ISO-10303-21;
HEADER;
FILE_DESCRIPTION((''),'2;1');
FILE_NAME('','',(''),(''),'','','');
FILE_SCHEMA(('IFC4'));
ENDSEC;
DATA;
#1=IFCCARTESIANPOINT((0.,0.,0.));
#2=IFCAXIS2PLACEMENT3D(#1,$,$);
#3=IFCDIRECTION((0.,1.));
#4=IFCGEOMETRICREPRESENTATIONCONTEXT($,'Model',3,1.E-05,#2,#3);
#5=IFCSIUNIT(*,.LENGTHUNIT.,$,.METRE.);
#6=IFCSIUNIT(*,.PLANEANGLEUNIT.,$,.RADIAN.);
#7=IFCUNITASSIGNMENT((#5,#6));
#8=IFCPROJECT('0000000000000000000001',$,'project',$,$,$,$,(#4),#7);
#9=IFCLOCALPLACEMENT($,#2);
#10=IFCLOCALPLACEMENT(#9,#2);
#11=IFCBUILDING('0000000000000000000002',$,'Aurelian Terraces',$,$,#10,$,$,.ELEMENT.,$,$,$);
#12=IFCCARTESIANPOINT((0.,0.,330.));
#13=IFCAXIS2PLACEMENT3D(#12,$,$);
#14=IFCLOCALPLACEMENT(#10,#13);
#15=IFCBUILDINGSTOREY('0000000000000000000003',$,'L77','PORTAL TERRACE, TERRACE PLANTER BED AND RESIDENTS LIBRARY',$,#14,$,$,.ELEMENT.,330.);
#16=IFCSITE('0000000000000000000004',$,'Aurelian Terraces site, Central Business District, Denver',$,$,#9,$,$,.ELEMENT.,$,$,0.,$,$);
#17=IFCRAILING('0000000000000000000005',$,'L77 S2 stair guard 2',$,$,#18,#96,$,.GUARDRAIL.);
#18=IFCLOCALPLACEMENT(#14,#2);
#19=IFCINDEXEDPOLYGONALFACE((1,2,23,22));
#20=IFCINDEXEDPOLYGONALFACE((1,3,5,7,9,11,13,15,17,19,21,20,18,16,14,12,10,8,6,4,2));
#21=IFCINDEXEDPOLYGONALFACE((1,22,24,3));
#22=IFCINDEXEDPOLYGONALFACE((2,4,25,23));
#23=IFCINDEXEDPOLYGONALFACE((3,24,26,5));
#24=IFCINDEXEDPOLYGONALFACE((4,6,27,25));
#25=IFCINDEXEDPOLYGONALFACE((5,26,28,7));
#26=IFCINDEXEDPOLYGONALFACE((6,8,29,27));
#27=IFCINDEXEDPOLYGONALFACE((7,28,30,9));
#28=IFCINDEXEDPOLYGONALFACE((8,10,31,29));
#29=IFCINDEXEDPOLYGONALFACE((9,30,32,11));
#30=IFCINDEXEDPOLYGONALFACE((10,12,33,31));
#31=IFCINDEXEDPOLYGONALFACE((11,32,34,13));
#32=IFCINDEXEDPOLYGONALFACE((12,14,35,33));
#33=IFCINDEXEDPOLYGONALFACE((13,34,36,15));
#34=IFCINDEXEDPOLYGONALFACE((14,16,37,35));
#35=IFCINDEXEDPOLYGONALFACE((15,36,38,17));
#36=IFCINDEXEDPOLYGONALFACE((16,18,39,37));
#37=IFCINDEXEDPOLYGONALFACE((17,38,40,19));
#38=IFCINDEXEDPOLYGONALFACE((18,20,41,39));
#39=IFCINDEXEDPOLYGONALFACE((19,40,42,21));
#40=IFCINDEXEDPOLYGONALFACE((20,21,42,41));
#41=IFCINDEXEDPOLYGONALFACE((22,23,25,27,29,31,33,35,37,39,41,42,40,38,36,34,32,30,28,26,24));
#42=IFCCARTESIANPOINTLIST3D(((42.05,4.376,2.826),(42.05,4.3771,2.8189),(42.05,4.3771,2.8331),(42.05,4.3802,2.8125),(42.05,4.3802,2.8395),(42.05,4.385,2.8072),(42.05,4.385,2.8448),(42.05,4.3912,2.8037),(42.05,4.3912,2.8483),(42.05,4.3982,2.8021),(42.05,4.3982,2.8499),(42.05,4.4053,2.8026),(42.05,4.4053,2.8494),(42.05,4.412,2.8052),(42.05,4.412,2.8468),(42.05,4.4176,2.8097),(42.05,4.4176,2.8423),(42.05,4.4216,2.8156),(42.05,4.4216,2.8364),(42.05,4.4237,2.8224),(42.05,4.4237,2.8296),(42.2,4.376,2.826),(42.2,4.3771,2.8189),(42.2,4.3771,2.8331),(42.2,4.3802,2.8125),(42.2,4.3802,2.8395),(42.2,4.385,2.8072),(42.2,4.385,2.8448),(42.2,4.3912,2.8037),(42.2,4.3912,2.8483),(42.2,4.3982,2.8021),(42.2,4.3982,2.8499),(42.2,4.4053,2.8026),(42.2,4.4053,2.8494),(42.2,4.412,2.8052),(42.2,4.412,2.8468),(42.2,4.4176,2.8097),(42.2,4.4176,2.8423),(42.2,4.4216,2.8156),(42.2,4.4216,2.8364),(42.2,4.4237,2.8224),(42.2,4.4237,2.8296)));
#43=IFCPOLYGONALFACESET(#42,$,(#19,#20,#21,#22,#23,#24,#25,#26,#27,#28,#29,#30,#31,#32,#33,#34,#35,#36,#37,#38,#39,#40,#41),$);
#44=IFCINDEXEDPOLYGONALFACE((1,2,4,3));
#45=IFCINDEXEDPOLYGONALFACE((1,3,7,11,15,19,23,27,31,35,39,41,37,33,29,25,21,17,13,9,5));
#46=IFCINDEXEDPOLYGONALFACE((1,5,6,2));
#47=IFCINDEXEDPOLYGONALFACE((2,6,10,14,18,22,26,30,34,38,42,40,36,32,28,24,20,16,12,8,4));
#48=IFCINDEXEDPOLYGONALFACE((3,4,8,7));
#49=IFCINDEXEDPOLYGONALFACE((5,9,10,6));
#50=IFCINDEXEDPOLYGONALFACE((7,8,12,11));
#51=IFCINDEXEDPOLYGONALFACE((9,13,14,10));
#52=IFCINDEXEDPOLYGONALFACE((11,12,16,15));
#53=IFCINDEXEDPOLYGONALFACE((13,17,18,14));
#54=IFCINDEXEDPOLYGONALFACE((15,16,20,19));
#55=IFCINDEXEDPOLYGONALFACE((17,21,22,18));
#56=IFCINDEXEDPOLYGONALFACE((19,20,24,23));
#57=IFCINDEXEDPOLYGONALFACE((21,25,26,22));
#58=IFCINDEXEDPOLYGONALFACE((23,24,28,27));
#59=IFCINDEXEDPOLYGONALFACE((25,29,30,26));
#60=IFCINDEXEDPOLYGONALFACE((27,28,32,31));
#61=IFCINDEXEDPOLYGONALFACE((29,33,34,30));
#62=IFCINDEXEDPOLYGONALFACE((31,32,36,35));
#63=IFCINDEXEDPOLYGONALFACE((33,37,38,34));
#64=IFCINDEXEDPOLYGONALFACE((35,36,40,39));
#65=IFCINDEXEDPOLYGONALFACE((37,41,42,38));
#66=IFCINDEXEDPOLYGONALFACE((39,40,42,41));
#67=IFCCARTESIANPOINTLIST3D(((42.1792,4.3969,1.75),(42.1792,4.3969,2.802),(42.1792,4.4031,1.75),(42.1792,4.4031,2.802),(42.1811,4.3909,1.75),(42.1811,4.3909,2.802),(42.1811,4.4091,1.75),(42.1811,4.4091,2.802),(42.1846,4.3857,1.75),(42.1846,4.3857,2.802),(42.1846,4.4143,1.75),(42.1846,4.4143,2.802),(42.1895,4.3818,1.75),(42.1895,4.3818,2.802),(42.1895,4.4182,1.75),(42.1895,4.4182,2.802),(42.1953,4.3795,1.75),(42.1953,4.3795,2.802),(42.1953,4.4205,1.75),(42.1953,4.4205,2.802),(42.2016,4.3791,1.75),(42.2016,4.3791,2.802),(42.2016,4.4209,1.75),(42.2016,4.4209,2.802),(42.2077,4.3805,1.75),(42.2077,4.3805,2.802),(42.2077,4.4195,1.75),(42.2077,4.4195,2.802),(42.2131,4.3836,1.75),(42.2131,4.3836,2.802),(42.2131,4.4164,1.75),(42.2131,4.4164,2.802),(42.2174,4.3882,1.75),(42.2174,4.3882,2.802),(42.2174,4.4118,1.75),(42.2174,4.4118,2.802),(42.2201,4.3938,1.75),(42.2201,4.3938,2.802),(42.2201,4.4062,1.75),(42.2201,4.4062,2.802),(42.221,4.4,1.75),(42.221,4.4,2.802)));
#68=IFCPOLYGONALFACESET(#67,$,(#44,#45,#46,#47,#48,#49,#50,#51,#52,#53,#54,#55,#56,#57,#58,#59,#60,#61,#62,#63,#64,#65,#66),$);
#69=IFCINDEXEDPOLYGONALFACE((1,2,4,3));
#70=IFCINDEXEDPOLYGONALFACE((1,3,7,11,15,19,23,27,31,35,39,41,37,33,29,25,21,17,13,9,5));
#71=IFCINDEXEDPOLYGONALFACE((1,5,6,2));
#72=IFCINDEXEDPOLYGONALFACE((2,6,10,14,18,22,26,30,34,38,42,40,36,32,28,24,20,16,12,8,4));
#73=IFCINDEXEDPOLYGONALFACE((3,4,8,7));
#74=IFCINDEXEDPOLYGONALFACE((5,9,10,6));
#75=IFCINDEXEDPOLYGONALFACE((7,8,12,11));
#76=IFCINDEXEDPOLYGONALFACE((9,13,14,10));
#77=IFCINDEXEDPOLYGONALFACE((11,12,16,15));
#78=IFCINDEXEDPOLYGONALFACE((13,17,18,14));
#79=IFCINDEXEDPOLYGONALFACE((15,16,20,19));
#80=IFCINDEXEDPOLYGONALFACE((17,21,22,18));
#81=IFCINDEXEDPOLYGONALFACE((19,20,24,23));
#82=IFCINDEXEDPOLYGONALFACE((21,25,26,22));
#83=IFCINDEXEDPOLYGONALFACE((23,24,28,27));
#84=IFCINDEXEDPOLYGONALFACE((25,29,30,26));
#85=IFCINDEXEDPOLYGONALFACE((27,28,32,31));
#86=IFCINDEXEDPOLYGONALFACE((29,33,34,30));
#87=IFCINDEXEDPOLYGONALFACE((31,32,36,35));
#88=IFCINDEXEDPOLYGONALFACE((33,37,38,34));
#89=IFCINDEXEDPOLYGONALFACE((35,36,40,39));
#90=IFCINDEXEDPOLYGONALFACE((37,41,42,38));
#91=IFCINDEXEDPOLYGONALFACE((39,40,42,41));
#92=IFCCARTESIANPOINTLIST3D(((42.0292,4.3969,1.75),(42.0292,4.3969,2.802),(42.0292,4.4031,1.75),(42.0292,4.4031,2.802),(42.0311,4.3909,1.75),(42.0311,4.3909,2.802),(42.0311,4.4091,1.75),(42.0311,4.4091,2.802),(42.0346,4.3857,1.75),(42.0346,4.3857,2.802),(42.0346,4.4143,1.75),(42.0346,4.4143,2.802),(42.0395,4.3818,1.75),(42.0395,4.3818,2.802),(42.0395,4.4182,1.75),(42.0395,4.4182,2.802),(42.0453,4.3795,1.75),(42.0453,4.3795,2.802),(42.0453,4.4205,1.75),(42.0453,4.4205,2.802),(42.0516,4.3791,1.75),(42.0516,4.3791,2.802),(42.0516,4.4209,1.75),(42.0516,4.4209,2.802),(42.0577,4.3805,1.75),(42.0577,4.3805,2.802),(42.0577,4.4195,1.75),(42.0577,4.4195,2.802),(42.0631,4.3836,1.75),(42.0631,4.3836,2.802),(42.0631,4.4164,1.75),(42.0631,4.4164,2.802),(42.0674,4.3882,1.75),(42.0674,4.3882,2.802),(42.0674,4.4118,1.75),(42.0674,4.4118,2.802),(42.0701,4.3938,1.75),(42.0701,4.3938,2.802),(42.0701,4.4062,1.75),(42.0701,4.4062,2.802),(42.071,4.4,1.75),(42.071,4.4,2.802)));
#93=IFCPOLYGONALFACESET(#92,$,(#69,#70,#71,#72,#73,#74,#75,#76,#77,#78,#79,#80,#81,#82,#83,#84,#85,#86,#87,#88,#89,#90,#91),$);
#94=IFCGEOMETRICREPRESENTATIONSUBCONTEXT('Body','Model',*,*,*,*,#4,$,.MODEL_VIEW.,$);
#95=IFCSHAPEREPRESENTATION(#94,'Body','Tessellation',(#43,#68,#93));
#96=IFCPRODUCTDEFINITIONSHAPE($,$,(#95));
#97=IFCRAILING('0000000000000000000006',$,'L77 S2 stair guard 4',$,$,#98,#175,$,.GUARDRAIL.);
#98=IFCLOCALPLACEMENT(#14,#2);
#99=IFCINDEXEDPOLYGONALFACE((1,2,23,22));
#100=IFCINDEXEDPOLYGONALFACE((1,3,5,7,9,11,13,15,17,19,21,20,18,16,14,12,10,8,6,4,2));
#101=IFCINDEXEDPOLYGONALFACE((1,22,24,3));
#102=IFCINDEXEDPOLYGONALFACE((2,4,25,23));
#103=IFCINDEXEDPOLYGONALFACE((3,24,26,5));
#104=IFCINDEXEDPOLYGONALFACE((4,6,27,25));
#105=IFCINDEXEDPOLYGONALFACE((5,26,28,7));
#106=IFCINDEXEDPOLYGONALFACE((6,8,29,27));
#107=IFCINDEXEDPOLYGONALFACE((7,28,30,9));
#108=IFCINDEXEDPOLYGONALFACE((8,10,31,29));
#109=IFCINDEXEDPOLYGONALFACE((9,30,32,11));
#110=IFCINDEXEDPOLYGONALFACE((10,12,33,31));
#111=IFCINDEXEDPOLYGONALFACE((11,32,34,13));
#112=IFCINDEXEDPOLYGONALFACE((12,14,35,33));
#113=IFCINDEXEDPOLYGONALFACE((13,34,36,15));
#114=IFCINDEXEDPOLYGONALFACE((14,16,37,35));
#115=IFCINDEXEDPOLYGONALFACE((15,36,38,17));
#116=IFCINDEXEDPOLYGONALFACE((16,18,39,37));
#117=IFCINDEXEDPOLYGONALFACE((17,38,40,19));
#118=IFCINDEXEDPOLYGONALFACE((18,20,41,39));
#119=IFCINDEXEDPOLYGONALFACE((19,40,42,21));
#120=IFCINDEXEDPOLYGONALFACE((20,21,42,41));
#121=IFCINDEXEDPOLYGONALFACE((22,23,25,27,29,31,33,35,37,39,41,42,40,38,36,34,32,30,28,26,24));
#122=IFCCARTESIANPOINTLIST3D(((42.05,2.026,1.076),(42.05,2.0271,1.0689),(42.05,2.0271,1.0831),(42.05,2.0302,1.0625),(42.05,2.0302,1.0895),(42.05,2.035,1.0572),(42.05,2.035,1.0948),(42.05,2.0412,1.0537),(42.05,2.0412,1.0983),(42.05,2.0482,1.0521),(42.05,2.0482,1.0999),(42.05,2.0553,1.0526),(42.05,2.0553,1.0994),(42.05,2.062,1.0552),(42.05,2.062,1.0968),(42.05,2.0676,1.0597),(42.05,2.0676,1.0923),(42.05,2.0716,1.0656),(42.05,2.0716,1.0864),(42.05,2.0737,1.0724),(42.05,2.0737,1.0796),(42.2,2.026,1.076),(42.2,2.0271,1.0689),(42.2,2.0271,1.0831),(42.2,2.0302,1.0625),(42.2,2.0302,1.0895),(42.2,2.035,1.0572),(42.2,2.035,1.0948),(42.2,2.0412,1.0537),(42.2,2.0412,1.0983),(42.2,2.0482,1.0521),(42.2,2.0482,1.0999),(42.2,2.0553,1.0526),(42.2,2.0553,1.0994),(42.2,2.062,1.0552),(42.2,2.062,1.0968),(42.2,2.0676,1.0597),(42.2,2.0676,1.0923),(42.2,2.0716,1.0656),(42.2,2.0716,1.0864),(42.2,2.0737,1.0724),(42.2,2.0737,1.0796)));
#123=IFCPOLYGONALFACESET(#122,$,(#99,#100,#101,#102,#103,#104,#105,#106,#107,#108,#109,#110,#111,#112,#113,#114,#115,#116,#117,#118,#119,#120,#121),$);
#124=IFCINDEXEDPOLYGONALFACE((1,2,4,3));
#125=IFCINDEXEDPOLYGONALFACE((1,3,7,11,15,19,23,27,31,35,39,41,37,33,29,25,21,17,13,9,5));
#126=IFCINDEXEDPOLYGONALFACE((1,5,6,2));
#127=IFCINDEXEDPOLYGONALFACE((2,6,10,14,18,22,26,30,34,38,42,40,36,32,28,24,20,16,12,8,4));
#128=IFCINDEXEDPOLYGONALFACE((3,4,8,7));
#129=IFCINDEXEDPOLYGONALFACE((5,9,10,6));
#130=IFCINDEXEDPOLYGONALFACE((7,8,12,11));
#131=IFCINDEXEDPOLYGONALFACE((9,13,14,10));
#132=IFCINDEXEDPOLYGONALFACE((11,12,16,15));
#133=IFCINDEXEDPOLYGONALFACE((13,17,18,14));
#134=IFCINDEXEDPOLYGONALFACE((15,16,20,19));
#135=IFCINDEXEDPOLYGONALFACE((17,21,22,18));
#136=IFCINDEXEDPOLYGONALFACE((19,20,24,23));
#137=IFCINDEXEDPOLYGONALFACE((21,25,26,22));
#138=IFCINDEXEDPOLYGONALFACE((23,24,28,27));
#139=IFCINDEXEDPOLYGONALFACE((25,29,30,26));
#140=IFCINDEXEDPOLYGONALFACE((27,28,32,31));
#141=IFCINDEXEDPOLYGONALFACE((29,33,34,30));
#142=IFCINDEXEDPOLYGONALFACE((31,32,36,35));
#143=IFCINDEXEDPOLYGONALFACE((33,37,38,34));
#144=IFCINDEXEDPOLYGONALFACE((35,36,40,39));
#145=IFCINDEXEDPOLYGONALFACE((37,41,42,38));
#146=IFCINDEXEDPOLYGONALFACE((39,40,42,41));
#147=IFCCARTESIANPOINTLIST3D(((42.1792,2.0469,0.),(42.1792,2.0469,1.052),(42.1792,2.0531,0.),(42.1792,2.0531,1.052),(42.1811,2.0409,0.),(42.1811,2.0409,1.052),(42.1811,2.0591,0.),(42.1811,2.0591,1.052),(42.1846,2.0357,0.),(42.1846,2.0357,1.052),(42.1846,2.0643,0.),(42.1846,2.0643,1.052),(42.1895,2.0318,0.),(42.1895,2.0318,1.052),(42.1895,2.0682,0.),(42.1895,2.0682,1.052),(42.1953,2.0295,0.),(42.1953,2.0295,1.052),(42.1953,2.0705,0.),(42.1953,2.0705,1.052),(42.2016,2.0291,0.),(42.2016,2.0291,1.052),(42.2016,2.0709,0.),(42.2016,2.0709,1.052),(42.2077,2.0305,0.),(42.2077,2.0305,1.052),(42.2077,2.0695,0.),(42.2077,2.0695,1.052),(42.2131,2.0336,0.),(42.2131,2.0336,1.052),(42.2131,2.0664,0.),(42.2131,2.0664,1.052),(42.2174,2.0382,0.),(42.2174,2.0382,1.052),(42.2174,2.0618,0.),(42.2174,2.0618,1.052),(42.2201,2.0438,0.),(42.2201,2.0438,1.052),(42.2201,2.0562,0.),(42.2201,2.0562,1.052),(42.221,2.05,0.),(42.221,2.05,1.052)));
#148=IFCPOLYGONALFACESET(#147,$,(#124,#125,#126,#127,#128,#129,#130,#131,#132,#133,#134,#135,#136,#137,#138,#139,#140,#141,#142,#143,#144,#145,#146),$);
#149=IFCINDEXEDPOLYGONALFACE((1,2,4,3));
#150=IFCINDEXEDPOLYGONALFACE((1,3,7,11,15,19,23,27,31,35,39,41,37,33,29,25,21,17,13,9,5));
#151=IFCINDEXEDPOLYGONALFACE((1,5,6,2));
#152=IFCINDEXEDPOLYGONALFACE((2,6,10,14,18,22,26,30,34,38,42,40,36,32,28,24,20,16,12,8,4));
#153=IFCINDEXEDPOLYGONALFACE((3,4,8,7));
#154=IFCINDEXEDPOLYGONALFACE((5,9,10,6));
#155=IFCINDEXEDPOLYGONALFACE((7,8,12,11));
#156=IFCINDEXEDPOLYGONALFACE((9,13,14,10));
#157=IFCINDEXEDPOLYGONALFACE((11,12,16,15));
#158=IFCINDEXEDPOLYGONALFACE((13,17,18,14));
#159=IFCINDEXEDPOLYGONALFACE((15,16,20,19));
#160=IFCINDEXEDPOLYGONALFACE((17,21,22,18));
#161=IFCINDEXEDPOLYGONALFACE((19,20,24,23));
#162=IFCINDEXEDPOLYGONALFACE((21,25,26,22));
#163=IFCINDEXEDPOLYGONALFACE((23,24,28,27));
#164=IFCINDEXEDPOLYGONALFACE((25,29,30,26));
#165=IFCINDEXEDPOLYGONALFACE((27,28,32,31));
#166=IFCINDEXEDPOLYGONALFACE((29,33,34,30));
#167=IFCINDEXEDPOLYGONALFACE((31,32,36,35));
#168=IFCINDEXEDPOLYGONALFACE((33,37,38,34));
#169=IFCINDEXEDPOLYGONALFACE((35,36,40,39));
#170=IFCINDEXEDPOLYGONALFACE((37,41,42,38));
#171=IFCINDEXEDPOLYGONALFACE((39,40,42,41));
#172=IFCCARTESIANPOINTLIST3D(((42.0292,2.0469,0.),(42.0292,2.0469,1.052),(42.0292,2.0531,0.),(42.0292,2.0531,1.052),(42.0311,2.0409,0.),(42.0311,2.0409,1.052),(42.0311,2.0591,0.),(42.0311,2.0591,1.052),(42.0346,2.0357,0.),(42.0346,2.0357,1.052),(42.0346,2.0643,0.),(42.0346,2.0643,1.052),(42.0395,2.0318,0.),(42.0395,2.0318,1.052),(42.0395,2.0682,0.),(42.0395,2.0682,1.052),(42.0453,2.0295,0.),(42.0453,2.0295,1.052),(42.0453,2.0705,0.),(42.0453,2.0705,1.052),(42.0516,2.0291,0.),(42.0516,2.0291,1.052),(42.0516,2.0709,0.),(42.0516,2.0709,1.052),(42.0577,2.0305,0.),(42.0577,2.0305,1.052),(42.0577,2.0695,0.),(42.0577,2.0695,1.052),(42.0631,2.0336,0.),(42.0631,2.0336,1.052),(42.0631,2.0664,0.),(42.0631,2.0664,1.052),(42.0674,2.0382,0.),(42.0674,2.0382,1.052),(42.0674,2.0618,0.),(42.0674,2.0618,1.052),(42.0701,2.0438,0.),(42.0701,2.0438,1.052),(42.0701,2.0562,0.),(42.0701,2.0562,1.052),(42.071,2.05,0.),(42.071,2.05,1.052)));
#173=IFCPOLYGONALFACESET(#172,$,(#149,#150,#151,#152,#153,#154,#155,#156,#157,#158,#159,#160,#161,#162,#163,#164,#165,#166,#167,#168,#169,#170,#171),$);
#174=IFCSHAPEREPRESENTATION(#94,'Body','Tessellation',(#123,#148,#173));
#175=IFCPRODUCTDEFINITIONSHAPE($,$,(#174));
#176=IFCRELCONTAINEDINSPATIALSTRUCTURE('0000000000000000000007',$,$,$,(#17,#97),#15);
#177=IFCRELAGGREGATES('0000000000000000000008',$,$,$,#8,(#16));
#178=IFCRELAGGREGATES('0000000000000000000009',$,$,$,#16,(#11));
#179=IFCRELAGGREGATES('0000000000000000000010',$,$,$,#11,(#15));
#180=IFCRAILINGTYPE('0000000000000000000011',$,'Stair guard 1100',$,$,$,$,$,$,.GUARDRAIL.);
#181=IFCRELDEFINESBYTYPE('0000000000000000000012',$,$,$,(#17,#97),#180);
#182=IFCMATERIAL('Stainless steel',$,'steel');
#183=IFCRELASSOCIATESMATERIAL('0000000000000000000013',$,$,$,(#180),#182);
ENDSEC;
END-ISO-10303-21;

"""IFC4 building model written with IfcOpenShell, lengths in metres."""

from ifc_helpers import new_model, si_unit, direction, frame, origin, origin_2d, place, context, subcontext, project, spatial, circle, extrude, source, transform, mapped, material, type_object, element, save


model = new_model("IFC4")

# Units and contexts
model_context = context("Model", 3, precision=1e-05, world=origin(), true_north=direction((0.0, 1.0)))
body_context = subcontext(model_context, "Body", "Model", "MODEL_VIEW")
ifc_project = project(units=[si_unit("LENGTHUNIT", "METRE"), si_unit("PLANEANGLEUNIT", "RADIAN")], contexts=[model_context])

# Site, building, storey
site_placement = place(None, origin())
site = spatial("IfcSite", under=ifc_project, at=site_placement, Name="Aurelian Terraces site, Central Business District, Denver", CompositionType="ELEMENT", RefElevation=0.0)
building_placement = place(site_placement, origin())
building = spatial("IfcBuilding", under=site, at=building_placement, Name="Aurelian Terraces", CompositionType="ELEMENT")
storey_placement = place(building_placement, frame((0.0, 0.0, 330.0)))
storey = spatial("IfcBuildingStorey", under=building, at=storey_placement, Name="L77", Description="PORTAL TERRACE, TERRACE PLANTER BED AND RESIDENTS LIBRARY", CompositionType="ELEMENT", Elevation=330.0)

# Railings
ifc_material_1 = material(Name="Stainless steel", Category="steel")
railing_type_1 = type_object("IfcRailingType", Name="Stair guard 1100", PredefinedType="GUARDRAIL", material=ifc_material_1)
shared_shape_1 = source(origin(), body_context, "Body", "SweptSolid", [
    extrude(circle(Radius=0.024, at=origin_2d()), frame((0.0, 0.0, 1.076), z_axis=(-1.0, 0.0, 0.0), x_axis=(0.0, -1.0, 0.0)), (0.0, 0.0, 1.0), 0.15),
    extrude(circle(Radius=0.021, at=origin_2d()), origin(), (0.0, 0.0, 1.0), 1.052),
    extrude(circle(Radius=0.021, at=origin_2d()), frame((-0.15, 0.0, 0.0)), (0.0, 0.0, 1.0), 1.052),
])
for number, where, name in (
    (1, (42.2, 4.4, 1.75), "L77 S2 stair guard 2"),
    (2, (42.2, 2.05, 0.0), "L77 S2 stair guard 4"),
):
    element("IfcRailing", number, at=place(storey_placement, frame(where)), inside=storey, type_object=railing_type_1, Name=name, PredefinedType="GUARDRAIL", context=body_context, shape_type="MappedRepresentation", body=[
        mapped(shared_shape_1, transform((0.0, 0.0, 0.0), scale=1.0)),
    ])

save(model, "model.ifc")
